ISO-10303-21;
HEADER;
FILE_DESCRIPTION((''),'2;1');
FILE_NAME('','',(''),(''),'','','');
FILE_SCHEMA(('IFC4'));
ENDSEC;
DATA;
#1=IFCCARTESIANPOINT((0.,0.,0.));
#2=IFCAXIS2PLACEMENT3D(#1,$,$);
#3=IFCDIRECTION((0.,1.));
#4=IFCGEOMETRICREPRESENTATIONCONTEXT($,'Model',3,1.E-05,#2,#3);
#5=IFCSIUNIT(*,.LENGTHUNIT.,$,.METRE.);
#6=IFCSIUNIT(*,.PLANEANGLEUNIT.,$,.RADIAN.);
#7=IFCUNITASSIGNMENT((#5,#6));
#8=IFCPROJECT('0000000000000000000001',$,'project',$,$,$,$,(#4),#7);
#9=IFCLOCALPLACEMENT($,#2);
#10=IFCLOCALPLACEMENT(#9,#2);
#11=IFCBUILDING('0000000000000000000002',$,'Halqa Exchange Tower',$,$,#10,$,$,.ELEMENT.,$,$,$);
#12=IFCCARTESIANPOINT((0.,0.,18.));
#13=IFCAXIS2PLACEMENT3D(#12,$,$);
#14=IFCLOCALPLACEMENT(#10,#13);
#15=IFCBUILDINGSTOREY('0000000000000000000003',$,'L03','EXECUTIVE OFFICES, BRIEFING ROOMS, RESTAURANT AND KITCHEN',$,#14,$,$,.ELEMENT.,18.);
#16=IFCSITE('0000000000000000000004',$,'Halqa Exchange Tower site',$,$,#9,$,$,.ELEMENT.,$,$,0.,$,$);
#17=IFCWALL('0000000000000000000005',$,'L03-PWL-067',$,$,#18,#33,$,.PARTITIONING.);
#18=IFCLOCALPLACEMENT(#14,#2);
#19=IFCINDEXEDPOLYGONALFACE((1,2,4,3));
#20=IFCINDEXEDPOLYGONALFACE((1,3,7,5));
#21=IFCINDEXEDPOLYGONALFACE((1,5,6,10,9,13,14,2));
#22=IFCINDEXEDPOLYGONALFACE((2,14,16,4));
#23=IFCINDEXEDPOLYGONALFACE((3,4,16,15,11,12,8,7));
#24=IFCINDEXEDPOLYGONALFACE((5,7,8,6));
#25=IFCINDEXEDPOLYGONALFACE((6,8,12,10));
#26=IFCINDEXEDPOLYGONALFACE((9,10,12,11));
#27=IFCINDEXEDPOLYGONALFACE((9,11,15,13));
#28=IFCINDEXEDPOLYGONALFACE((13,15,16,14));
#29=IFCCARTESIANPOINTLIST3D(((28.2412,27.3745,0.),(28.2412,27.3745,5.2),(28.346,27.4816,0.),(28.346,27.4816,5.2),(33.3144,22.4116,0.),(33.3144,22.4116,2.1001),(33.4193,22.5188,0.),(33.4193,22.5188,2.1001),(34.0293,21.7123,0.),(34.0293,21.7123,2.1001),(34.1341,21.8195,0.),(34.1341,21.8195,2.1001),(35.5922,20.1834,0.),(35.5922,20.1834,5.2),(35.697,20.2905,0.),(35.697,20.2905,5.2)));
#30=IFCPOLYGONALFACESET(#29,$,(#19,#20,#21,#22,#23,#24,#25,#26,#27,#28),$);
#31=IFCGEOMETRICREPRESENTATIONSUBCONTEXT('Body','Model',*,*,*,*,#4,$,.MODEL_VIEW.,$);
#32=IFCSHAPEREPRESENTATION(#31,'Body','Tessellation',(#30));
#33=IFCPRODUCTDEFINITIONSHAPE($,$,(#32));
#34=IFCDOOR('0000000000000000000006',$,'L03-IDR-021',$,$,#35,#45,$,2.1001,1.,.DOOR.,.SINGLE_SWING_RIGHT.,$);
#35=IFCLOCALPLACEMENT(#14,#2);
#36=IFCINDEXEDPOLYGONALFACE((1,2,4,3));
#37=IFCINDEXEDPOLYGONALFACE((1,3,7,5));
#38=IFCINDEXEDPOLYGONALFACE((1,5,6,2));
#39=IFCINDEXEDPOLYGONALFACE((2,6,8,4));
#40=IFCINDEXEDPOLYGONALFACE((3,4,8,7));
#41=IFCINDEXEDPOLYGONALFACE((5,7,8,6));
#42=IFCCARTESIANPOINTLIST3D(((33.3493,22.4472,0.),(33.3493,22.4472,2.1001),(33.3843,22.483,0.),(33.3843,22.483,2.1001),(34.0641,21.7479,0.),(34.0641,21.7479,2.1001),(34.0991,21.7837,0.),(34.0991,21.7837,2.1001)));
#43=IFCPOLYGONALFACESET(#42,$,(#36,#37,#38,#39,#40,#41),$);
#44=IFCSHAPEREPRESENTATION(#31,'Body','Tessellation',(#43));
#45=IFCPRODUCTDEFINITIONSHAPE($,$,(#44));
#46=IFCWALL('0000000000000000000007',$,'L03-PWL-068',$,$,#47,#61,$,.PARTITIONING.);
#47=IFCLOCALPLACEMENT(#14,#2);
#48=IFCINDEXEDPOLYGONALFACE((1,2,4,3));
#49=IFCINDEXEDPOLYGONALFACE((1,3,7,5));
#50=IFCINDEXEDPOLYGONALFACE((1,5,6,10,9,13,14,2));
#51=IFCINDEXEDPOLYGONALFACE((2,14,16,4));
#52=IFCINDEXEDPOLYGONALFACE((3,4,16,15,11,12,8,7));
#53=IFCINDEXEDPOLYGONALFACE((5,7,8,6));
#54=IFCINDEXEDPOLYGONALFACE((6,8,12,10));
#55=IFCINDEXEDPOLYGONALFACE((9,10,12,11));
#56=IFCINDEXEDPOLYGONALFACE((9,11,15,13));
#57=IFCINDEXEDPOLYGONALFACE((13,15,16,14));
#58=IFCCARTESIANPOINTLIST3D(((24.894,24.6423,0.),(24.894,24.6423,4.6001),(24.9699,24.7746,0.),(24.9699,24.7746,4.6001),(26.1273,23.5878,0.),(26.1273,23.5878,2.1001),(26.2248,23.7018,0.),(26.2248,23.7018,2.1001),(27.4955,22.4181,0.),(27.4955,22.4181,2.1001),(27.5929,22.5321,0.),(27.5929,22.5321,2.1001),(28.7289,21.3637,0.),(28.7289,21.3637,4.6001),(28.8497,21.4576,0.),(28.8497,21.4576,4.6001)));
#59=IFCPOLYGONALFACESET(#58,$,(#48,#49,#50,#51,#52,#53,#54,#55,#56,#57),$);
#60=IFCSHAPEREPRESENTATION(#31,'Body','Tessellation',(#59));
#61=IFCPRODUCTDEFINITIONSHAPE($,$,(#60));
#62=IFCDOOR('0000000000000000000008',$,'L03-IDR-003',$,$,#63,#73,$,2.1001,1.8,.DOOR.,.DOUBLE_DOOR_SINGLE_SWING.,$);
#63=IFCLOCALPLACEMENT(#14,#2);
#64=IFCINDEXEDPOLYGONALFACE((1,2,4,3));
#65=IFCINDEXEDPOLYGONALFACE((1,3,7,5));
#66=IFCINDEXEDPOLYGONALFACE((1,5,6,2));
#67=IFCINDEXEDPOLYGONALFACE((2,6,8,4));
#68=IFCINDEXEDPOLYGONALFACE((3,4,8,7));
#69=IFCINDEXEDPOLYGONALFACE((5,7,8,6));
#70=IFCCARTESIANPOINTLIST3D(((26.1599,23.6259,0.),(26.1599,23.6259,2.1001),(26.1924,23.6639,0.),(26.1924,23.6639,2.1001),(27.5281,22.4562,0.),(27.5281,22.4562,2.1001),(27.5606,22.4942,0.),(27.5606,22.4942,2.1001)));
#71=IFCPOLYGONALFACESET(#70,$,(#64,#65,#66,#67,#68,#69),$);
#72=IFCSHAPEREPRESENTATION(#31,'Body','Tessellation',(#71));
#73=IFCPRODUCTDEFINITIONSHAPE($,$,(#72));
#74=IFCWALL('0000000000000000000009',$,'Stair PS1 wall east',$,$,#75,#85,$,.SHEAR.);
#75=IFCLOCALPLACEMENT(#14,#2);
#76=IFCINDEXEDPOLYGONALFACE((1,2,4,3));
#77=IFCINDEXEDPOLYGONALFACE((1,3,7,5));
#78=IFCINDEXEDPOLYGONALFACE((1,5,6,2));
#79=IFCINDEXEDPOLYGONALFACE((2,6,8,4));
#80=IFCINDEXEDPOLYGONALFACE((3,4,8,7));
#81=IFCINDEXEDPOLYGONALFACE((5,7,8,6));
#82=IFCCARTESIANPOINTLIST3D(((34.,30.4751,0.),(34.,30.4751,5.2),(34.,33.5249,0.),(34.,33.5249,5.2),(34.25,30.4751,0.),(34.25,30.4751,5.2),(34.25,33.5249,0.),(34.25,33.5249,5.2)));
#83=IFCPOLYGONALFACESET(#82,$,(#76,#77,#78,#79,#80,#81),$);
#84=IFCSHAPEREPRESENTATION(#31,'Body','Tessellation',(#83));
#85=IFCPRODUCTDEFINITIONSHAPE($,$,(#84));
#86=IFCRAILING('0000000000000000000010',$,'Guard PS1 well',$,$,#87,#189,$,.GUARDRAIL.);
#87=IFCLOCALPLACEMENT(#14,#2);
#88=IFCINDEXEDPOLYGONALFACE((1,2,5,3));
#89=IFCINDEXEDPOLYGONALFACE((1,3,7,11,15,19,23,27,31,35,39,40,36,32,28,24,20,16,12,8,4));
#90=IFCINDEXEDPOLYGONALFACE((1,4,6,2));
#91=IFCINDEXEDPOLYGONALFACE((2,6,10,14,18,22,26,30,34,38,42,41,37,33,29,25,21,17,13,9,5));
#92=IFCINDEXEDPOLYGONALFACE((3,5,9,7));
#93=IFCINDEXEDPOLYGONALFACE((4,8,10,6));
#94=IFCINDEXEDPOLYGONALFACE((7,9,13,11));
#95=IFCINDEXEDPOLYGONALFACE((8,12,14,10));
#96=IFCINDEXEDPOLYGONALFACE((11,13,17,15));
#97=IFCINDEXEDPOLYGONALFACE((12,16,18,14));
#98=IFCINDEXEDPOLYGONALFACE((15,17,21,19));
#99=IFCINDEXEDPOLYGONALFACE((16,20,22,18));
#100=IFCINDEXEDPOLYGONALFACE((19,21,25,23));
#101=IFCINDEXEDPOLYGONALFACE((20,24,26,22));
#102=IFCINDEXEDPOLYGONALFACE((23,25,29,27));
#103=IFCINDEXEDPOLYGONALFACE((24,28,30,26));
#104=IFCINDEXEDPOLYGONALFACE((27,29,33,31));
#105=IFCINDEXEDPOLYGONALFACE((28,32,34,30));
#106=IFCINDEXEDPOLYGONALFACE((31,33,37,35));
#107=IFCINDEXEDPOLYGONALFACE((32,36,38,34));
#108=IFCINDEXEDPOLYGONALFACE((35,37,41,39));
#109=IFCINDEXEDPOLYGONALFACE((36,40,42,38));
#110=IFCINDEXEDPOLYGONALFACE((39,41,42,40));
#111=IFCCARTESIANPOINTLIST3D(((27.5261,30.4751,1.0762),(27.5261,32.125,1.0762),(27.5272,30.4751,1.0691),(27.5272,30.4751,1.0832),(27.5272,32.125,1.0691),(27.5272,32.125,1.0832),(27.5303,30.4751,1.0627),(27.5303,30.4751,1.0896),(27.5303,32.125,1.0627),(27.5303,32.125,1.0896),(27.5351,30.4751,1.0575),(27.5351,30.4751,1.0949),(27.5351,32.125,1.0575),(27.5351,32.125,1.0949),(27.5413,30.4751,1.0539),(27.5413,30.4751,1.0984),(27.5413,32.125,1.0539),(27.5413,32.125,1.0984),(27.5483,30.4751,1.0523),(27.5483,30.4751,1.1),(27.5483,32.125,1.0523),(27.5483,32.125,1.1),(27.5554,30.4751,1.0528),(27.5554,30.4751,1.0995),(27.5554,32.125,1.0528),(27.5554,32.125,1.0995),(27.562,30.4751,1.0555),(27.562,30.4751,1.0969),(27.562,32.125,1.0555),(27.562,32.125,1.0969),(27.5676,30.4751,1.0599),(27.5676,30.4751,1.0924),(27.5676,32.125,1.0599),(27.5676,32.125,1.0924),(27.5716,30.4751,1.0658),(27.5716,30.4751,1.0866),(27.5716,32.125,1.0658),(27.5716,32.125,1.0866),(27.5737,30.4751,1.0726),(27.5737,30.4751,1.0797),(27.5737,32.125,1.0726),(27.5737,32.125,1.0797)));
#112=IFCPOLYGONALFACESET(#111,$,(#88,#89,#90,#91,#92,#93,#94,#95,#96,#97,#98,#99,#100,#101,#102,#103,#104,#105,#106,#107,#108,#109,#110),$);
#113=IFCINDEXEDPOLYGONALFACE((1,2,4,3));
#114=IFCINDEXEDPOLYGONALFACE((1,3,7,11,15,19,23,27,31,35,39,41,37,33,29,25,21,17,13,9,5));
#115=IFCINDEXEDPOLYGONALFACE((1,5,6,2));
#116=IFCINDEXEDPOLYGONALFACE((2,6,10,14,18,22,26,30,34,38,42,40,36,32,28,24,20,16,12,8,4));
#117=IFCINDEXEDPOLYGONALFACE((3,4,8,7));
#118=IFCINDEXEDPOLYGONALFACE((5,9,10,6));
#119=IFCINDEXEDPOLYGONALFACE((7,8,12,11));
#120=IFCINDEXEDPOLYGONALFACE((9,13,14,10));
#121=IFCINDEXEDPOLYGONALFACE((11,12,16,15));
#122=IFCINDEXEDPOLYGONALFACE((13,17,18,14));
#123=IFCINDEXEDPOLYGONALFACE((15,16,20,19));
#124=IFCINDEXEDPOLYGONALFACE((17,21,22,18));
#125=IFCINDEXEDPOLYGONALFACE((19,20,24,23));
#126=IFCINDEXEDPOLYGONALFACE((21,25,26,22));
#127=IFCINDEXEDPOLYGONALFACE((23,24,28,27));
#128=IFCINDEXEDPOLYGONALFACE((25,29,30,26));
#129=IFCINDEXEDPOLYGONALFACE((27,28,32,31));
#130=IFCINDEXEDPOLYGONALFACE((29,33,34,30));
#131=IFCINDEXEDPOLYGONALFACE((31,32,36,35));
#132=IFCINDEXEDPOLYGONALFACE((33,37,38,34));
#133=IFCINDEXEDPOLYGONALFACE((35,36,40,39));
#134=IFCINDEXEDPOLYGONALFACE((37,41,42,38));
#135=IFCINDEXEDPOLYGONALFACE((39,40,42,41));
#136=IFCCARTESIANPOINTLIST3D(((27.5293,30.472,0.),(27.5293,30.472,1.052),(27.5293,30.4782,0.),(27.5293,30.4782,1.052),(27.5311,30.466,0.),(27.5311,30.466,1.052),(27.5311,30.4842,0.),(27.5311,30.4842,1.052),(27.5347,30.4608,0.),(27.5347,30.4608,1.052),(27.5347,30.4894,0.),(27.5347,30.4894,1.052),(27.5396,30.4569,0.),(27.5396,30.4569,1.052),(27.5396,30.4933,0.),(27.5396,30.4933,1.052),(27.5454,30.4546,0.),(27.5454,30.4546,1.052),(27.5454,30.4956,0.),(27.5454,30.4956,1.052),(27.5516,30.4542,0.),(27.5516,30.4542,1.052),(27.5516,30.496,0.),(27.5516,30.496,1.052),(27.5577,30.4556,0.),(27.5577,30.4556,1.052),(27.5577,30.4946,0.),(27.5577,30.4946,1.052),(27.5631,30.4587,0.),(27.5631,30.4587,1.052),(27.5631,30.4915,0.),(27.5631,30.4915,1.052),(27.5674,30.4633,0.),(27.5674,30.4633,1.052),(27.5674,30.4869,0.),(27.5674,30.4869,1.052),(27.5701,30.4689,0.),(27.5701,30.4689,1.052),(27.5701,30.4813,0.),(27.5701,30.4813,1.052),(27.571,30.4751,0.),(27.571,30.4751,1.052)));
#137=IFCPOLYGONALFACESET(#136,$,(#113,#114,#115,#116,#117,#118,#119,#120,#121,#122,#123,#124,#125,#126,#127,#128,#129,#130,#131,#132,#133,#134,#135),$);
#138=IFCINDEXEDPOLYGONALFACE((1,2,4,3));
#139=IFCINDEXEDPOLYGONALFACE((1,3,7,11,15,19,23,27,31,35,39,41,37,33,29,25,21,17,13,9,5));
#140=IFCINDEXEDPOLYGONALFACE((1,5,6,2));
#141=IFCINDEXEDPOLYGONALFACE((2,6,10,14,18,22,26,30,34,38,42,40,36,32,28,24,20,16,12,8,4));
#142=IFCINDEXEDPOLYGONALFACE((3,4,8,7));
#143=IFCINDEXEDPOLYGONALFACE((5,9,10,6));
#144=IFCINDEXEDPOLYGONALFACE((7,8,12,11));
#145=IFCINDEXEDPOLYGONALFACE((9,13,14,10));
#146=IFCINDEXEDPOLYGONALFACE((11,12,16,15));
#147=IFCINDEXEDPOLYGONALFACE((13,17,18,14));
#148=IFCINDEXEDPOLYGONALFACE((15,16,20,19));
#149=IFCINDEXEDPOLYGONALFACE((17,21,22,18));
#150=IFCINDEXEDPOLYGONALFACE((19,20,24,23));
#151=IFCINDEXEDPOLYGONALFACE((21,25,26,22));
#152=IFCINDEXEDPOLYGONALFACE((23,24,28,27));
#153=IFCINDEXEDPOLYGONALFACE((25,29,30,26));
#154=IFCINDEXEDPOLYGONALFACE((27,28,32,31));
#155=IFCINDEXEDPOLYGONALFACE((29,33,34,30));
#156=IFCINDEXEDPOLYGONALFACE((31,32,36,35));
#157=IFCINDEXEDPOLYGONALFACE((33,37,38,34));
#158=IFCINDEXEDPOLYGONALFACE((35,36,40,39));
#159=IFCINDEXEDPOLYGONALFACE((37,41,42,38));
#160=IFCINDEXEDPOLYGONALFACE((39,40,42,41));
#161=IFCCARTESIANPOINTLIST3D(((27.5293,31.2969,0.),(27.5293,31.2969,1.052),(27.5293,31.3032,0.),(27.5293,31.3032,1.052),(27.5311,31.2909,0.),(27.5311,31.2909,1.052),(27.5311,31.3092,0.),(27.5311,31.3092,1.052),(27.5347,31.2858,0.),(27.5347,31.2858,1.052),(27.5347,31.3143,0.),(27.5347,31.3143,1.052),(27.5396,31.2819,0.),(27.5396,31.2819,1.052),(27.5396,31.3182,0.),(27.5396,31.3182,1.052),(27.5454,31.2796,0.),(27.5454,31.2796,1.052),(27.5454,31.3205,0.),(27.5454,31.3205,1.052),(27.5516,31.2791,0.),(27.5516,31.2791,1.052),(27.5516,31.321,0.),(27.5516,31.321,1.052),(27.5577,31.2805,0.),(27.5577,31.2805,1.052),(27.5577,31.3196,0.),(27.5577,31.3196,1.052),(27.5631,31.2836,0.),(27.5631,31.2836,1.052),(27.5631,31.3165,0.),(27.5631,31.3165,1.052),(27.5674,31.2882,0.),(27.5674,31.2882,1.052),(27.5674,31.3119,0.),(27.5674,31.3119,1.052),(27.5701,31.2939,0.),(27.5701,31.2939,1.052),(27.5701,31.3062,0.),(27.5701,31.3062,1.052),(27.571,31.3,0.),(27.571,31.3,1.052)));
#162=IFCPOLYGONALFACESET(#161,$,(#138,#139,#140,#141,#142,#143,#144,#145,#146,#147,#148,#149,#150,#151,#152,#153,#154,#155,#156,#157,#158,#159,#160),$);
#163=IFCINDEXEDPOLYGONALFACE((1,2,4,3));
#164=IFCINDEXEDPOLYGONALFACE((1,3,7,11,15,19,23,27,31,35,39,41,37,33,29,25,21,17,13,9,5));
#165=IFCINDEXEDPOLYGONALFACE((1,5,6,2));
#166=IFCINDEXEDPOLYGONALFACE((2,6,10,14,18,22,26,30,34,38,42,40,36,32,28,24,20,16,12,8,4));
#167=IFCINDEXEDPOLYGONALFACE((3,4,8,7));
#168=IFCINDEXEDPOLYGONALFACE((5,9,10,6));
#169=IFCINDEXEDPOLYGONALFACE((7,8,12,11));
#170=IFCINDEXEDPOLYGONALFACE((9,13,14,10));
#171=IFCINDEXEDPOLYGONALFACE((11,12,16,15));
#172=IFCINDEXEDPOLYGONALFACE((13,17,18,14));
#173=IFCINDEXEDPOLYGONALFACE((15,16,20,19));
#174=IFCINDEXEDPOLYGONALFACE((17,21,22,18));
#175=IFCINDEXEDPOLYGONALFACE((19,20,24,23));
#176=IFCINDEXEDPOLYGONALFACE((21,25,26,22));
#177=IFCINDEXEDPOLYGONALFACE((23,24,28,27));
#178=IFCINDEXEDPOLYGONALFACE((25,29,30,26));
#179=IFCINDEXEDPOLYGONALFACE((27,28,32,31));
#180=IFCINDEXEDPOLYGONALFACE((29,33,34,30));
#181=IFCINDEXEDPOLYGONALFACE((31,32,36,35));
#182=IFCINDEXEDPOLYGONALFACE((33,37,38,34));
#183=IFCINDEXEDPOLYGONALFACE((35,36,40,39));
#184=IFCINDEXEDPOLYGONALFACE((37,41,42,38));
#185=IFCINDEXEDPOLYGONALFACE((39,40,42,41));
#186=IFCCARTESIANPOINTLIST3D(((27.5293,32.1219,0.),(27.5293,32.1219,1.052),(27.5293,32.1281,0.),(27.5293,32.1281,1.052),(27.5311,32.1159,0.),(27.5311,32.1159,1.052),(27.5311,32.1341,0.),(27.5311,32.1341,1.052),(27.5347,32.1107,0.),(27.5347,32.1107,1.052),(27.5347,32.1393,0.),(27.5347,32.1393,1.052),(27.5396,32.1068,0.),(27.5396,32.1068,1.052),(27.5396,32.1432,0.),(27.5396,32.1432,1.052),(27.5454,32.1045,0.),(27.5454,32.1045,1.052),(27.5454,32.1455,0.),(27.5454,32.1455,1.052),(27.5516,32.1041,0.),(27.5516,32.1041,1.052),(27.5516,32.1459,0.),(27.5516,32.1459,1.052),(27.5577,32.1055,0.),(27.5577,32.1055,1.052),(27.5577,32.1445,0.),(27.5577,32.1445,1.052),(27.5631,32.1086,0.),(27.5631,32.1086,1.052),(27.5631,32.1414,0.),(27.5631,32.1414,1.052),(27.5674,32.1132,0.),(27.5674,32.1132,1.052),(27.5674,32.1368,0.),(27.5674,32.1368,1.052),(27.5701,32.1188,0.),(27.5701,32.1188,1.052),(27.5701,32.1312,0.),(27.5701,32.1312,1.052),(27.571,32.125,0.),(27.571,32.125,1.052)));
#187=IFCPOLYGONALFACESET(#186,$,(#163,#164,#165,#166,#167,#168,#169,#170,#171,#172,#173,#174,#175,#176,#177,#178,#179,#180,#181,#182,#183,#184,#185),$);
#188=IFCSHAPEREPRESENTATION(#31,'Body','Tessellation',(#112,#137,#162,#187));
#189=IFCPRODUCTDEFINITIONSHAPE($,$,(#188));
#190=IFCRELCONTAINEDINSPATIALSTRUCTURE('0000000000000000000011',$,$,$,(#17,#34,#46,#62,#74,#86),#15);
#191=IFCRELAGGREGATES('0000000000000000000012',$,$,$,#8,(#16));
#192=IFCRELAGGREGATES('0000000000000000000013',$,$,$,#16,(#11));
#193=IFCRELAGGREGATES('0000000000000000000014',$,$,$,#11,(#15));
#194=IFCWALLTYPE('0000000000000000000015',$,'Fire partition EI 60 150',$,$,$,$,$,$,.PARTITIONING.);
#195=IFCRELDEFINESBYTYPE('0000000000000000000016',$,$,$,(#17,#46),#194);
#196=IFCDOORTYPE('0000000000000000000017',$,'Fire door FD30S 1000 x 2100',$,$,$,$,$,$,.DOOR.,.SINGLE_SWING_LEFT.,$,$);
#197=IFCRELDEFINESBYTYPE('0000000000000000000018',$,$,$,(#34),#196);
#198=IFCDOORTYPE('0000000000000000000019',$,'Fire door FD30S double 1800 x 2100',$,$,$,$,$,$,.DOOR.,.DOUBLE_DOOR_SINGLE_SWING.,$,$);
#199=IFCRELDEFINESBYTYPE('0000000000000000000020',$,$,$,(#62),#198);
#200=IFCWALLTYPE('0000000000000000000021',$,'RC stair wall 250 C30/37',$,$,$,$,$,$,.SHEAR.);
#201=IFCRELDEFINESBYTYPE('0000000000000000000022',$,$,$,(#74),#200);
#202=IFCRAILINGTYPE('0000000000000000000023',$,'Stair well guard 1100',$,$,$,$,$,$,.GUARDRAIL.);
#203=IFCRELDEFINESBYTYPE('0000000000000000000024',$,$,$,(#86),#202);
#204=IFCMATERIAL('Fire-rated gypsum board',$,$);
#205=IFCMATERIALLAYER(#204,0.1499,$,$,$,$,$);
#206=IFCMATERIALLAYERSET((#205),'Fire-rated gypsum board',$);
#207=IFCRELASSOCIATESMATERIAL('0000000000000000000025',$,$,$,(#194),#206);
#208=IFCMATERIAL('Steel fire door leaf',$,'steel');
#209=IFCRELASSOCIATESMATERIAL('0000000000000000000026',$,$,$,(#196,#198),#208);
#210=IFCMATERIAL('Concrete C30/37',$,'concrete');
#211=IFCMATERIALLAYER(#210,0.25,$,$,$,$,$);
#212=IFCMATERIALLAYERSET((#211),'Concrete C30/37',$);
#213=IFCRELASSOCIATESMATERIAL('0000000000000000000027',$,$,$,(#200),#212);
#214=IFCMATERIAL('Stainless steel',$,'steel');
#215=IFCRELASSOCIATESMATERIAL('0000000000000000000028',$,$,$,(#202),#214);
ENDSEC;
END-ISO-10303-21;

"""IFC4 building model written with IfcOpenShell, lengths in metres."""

from ifc_helpers import new_model, si_unit, direction, frame, frame_2d, origin, origin_2d, place, context, subcontext, project, spatial, polyline, rectangle, circle, outline, extrude, material, layer, layer_set, type_object, element, fill, save


model = new_model("IFC4")

# Units and contexts
model_context = context("Model", 3, precision=1e-05, world=origin(), true_north=direction((0.0, 1.0)))
body_context = subcontext(model_context, "Body", "Model", "MODEL_VIEW")
ifc_project = project(units=[si_unit("LENGTHUNIT", "METRE"), si_unit("PLANEANGLEUNIT", "RADIAN")], contexts=[model_context])

# Site, building, storey
site_placement = place(None, origin())
site = spatial("IfcSite", under=ifc_project, at=site_placement, Name="Halqa Exchange Tower site", CompositionType="ELEMENT", RefElevation=0.0)
building_placement = place(site_placement, origin())
building = spatial("IfcBuilding", under=site, at=building_placement, Name="Halqa Exchange Tower", CompositionType="ELEMENT")
storey_placement = place(building_placement, frame((0.0, 0.0, 18.0)))
storey = spatial("IfcBuildingStorey", under=building, at=storey_placement, Name="L03", Description="EXECUTIVE OFFICES, BRIEFING ROOMS, RESTAURANT AND KITCHEN", CompositionType="ELEMENT", Elevation=18.0)

# Walls, openings, doors
ifc_material_1 = material(Name="Fire-rated gypsum board")
ifc_layer_1 = layer(ifc_material_1, 0.1499)
ifc_layer_set_1 = layer_set([ifc_layer_1], Name="Fire-rated gypsum board")
wall_type_1 = type_object("IfcWallType", Name="Fire partition EI 60 150", PredefinedType="PARTITIONING", material=ifc_layer_set_1)
wall_1_placement = place(storey_placement, frame((28.2937, 27.428, 0.0), z_axis=(0.0, 0.0, 1.0), x_axis=(0.714839, -0.699289, 0.0)))
wall_1 = element("IfcWall", 1, at=wall_1_placement, inside=storey, type_object=wall_type_1, Name="L03-PWL-067", PredefinedType="PARTITIONING", context=body_context, shape_type="SweptSolid", body=[
    extrude(rectangle(XDim=10.2834, YDim=0.1499, at=frame_2d((5.1416, 0.0))), origin(), (0.0, 0.0, 1.0), 5.2),
])
opening_1_placement = place(wall_1_placement, frame((7.0969, 0.0, 0.0)))
opening_1 = element("IfcOpeningElement", 2, at=opening_1_placement, cuts=wall_1, PredefinedType="OPENING", context=body_context, shape_type="SweptSolid", body=[
    extrude(rectangle(XDim=1.0, YDim=2.1001, at=frame_2d((0.5, 1.05))), frame((0.0, 0.0869, 0.0), z_axis=(0.0, -1.0, 0.0), x_axis=(1.0, 0.0, 0.0)), (0.0, 0.0, 1.0), 0.1738),
])
ifc_material_2 = material(Name="Steel fire door leaf", Category="steel")
door_type_1 = type_object("IfcDoorType", Name="Fire door FD30S 1000 x 2100", OperationType="SINGLE_SWING_LEFT", PredefinedType="DOOR", material=ifc_material_2)
door_1_placement = place(opening_1_placement, origin())
door_1 = element("IfcDoor", 3, at=door_1_placement, inside=storey, type_object=door_type_1, Name="L03-IDR-021", OperationType="SINGLE_SWING_RIGHT", OverallHeight=2.1001, OverallWidth=1.0, PredefinedType="DOOR", context=body_context, shape_type="SweptSolid", body=[
    extrude(rectangle(XDim=1.0, YDim=2.1001, at=frame_2d((0.5, 1.05))), frame((0.0, 0.0249, 0.0), z_axis=(0.0, -1.0, 0.0), x_axis=(1.0, 0.0, 0.0)), (0.0, 0.0, 1.0), 0.05),
])
fill(opening_1, door_1)
wall_2_placement = place(storey_placement, frame((28.7893, 21.4106, 0.0), z_axis=(0.0, 0.0, 1.0), x_axis=(-0.760085, 0.649824, 0.0)))
wall_2 = element("IfcWall", 4, at=wall_2_placement, inside=storey, type_object=wall_type_1, Name="L03-PWL-068", PredefinedType="PARTITIONING", context=body_context, shape_type="SweptSolid", body=[
    extrude(outline(polyline([(-0.0154, -0.075), (5.0891, -0.075), (5.0608, 0.075), (0.0154, 0.075), (-0.0154, -0.075)])), origin(), (0.0, 0.0, 1.0), 4.6001),
])
opening_2_placement = place(wall_2_placement, frame((1.6382, 0.0, 0.0)))
opening_2 = element("IfcOpeningElement", 5, at=opening_2_placement, cuts=wall_2, PredefinedType="OPENING", context=body_context, shape_type="SweptSolid", body=[
    extrude(rectangle(XDim=1.8, YDim=2.1001, at=frame_2d((0.8999, 1.05))), frame((0.0, 0.0869, 0.0), z_axis=(0.0, -1.0, 0.0), x_axis=(1.0, 0.0, 0.0)), (0.0, 0.0, 1.0), 0.1738),
])
door_type_2 = type_object("IfcDoorType", Name="Fire door FD30S double 1800 x 2100", OperationType="DOUBLE_DOOR_SINGLE_SWING", PredefinedType="DOOR", material=ifc_material_2)
door_2_placement = place(opening_2_placement, origin())
door_2 = element("IfcDoor", 6, at=door_2_placement, inside=storey, type_object=door_type_2, Name="L03-IDR-003", OperationType="DOUBLE_DOOR_SINGLE_SWING", OverallHeight=2.1001, OverallWidth=1.8, PredefinedType="DOOR", context=body_context, shape_type="SweptSolid", body=[
    extrude(rectangle(XDim=1.8, YDim=2.1001, at=frame_2d((0.8999, 1.05))), frame((0.0, 0.0249, 0.0), z_axis=(0.0, -1.0, 0.0), x_axis=(1.0, 0.0, 0.0)), (0.0, 0.0, 1.0), 0.05),
])
fill(opening_2, door_2)

# Wall
ifc_material_3 = material(Name="Concrete C30/37", Category="concrete")
ifc_layer_2 = layer(ifc_material_3, 0.25)
ifc_layer_set_2 = layer_set([ifc_layer_2], Name="Concrete C30/37")
wall_type_2 = type_object("IfcWallType", Name="RC stair wall 250 C30/37", PredefinedType="SHEAR", material=ifc_layer_set_2)
wall_3_placement = place(storey_placement, frame((34.125, 30.4751, 0.0), z_axis=(0.0, 0.0, 1.0), x_axis=(0.0, 1.0, 0.0)))
element("IfcWall", 7, at=wall_3_placement, inside=storey, type_object=wall_type_2, Name="Stair PS1 wall east", PredefinedType="SHEAR", context=body_context, shape_type="SweptSolid", body=[
    extrude(rectangle(XDim=3.0498, YDim=0.25, at=frame_2d((1.5249, 0.0))), origin(), (0.0, 0.0, 1.0), 5.2),
])

# Railing
ifc_material_4 = material(Name="Stainless steel", Category="steel")
railing_type = type_object("IfcRailingType", Name="Stair well guard 1100", PredefinedType="GUARDRAIL", material=ifc_material_4)
railing_placement = place(storey_placement, frame((27.55, 30.4751, 0.0)))
element("IfcRailing", 8, at=railing_placement, inside=storey, type_object=railing_type, Name="Guard PS1 well", PredefinedType="GUARDRAIL", context=body_context, shape_type="SweptSolid", body=[
    extrude(circle(Radius=0.0239, at=origin_2d()), frame((0.0, 0.0, 1.0762), z_axis=(0.0, 1.0, 0.0), x_axis=(-1.0, 0.0, 0.0)), (0.0, 0.0, 1.0), 1.6499),
    extrude(circle(Radius=0.021, at=origin_2d()), origin(), (0.0, 0.0, 1.0), 1.052),
    extrude(circle(Radius=0.021, at=origin_2d()), frame((0.0, 0.825, 0.0)), (0.0, 0.0, 1.0), 1.052),
    extrude(circle(Radius=0.021, at=origin_2d()), frame((0.0, 1.6499, 0.0)), (0.0, 0.0, 1.0), 1.052),
])

save(model, "model.ifc")
